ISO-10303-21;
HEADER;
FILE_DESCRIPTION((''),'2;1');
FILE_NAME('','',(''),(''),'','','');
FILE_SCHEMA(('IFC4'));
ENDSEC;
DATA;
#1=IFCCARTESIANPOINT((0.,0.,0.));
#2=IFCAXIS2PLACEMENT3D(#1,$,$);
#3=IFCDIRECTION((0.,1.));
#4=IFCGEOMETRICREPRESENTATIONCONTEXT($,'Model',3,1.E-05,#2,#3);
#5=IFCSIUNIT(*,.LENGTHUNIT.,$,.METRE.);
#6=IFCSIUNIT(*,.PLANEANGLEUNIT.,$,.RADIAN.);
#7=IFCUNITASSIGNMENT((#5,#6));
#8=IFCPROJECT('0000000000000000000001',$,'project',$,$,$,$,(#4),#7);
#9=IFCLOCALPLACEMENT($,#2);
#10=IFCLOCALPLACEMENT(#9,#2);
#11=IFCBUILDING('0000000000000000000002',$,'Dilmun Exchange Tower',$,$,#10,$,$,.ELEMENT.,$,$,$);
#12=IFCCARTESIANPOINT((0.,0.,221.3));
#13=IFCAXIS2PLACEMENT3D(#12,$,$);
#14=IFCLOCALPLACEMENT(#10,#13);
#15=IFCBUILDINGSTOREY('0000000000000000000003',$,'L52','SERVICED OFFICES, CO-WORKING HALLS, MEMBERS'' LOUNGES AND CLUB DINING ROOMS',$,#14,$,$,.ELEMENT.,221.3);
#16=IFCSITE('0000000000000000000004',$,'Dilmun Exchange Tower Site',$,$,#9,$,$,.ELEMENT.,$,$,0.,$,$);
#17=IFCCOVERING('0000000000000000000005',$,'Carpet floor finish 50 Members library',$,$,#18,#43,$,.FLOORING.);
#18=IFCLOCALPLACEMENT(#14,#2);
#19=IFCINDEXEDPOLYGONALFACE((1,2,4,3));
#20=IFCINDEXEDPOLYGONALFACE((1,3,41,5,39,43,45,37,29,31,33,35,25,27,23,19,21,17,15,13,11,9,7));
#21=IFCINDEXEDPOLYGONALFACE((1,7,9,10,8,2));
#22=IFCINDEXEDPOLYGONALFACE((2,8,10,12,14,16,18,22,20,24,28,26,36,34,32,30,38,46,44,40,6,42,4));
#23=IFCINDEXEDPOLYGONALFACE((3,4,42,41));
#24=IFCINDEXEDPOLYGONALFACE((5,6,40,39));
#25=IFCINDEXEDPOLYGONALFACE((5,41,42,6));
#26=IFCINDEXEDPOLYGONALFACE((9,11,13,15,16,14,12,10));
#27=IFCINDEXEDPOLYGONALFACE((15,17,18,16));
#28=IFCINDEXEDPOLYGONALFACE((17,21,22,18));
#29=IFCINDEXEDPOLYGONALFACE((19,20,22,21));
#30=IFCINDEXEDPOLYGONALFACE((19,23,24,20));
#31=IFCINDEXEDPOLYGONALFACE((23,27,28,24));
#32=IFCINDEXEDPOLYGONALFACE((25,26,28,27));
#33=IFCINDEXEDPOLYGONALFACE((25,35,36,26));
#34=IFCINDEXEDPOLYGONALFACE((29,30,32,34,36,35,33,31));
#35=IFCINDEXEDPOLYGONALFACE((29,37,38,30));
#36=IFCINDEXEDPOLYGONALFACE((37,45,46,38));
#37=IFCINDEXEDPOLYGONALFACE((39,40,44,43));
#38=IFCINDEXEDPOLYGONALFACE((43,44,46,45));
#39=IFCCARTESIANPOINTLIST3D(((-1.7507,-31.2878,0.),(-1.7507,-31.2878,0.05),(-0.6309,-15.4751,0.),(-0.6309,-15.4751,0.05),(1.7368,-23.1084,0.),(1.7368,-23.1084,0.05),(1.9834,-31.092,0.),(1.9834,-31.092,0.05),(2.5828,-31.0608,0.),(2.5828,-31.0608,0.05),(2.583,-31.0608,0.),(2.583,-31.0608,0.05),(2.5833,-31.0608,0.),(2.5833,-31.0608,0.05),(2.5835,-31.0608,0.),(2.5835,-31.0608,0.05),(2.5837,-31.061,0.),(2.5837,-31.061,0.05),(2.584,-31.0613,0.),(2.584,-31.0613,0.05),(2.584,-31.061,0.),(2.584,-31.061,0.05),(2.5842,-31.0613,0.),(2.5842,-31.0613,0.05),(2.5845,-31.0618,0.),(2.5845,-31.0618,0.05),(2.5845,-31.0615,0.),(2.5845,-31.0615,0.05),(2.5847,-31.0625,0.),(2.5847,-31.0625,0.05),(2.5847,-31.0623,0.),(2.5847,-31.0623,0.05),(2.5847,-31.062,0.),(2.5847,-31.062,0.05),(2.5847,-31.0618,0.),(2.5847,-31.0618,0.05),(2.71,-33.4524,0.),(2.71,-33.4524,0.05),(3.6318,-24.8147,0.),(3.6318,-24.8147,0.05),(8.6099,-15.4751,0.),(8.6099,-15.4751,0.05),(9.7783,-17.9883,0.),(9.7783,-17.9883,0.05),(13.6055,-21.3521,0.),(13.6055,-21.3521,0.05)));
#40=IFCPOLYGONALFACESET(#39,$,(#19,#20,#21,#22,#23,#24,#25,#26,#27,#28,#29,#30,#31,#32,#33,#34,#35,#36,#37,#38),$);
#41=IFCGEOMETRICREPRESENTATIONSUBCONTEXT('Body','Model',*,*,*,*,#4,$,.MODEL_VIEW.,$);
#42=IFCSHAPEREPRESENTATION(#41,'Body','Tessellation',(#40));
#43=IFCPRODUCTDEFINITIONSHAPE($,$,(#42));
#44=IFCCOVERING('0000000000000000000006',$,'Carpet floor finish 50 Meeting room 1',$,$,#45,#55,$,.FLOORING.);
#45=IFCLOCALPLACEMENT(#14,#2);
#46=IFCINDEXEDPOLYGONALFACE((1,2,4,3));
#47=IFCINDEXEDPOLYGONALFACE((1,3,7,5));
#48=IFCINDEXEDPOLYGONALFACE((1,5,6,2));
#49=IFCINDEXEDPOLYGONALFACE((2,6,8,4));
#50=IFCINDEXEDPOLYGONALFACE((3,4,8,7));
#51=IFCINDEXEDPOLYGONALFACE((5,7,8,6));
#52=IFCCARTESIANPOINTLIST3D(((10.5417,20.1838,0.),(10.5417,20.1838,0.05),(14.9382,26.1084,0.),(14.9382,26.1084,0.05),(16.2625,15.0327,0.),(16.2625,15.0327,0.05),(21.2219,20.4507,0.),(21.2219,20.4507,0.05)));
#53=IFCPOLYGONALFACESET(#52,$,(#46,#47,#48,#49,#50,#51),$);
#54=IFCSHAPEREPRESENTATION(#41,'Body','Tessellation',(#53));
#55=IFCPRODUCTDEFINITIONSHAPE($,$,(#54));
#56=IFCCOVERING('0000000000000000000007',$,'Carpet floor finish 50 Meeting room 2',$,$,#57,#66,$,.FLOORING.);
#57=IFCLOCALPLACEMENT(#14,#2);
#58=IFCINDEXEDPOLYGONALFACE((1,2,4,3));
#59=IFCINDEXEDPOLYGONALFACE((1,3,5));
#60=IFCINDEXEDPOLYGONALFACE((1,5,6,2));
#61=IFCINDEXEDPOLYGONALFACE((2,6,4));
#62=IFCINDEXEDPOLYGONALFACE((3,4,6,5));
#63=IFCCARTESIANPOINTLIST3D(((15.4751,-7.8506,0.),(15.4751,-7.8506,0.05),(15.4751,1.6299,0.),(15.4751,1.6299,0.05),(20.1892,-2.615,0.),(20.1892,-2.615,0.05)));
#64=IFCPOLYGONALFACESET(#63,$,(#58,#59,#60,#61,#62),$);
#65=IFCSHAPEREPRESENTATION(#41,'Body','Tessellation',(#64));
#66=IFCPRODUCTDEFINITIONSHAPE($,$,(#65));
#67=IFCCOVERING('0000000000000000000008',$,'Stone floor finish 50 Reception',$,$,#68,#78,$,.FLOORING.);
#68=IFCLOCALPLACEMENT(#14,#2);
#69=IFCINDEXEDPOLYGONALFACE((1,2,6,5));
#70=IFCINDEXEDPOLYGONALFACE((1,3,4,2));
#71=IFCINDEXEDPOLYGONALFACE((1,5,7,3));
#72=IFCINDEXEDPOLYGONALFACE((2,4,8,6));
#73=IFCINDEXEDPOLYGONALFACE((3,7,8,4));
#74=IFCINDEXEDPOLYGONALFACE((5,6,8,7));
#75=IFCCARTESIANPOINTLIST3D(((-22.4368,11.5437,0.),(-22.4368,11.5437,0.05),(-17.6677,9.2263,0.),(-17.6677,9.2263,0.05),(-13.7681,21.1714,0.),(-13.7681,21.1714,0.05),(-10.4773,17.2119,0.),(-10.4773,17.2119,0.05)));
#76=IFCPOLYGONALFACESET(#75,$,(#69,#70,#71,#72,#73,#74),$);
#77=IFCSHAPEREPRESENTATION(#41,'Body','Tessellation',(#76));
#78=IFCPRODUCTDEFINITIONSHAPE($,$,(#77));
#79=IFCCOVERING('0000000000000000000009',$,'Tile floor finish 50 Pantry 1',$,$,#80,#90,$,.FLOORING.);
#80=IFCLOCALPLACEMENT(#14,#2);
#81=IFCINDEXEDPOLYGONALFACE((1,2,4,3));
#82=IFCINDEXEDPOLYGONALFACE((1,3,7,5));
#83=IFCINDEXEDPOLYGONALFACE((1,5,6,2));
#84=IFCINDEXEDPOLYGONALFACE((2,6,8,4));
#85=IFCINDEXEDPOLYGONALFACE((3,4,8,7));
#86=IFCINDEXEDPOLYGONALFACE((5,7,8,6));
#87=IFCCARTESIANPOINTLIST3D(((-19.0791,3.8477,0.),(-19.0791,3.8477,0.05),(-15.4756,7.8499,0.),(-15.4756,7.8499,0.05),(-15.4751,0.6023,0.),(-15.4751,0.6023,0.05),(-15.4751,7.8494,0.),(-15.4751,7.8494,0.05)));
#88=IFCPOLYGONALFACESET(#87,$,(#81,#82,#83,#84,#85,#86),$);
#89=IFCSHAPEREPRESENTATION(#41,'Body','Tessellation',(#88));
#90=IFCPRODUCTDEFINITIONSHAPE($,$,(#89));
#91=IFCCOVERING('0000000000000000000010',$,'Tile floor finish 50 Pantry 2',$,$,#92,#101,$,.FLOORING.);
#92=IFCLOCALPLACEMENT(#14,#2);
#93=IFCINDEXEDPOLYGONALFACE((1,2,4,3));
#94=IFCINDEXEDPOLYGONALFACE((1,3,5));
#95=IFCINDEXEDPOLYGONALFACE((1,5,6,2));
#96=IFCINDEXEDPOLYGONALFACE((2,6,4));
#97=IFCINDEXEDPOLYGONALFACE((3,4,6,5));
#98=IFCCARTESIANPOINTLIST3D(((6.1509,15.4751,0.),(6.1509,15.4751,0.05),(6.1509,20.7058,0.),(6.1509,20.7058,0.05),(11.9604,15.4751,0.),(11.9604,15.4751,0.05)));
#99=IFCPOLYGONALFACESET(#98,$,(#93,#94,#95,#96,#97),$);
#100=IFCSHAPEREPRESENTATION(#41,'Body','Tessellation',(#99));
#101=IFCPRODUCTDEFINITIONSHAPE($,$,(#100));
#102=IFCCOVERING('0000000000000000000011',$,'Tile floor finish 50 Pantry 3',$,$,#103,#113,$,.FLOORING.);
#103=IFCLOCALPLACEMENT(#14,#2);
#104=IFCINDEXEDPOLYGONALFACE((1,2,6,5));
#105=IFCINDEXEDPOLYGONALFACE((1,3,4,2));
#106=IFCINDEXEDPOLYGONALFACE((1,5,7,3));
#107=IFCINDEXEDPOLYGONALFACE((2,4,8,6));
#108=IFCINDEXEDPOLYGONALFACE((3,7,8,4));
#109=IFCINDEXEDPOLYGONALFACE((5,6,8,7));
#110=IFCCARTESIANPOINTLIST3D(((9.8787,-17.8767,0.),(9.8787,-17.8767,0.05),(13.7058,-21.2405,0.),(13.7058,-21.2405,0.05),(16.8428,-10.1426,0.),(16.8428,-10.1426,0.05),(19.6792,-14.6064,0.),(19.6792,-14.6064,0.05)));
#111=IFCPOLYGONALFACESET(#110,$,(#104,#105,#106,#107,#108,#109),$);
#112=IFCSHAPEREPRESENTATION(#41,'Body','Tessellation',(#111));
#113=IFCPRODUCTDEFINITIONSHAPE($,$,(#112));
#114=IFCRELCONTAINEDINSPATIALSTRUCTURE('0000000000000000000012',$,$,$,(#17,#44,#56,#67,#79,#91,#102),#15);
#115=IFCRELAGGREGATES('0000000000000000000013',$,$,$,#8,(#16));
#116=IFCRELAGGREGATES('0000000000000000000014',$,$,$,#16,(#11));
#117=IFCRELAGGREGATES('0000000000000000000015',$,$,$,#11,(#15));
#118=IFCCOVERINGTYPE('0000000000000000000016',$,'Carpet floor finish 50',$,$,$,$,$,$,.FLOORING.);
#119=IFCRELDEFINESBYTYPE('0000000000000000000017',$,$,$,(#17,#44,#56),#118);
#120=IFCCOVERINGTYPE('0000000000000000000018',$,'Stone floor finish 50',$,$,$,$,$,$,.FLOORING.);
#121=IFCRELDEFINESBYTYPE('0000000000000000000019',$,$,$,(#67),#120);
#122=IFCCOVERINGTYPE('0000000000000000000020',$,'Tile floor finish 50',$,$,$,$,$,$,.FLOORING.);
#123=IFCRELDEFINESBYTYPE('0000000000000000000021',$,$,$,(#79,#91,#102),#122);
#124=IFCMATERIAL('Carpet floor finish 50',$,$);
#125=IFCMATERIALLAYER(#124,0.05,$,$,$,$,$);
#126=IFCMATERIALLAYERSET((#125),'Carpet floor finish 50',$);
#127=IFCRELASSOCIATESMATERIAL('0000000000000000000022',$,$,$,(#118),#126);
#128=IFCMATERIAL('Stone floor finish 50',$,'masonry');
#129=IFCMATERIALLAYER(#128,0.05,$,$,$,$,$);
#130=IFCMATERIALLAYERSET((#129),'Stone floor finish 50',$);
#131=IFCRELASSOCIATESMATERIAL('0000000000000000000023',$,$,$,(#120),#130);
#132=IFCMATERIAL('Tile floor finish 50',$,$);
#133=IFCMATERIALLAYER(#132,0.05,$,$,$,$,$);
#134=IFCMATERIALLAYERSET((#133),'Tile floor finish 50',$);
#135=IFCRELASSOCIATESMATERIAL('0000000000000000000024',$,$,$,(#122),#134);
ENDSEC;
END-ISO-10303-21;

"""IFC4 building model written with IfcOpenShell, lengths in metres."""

from ifc_helpers import new_model, si_unit, direction, frame, origin, place, context, subcontext, project, spatial, polyline, outline, extrude, material, layer, layer_set, type_object, element, save


model = new_model("IFC4")

# Units and contexts
model_context = context("Model", 3, precision=1e-05, world=origin(), true_north=direction((0.0, 1.0)))
body_context = subcontext(model_context, "Body", "Model", "MODEL_VIEW")
ifc_project = project(units=[si_unit("LENGTHUNIT", "METRE"), si_unit("PLANEANGLEUNIT", "RADIAN")], contexts=[model_context])

# Site, building, storey
site_placement = place(None, origin())
site = spatial("IfcSite", under=ifc_project, at=site_placement, Name="Dilmun Exchange Tower Site", CompositionType="ELEMENT", RefElevation=0.0)
building_placement = place(site_placement, origin())
building = spatial("IfcBuilding", under=site, at=building_placement, Name="Dilmun Exchange Tower", CompositionType="ELEMENT")
storey_placement = place(building_placement, frame((0.0, 0.0, 221.3)))
storey = spatial("IfcBuildingStorey", under=building, at=storey_placement, Name="L52", Description="SERVICED OFFICES, CO-WORKING HALLS, MEMBERS' LOUNGES AND CLUB DINING ROOMS", CompositionType="ELEMENT", Elevation=221.3)

# Coverings
ifc_material_1 = material(Name="Carpet floor finish 50")
ifc_layer_1 = layer(ifc_material_1, 0.05)
ifc_layer_set_1 = layer_set([ifc_layer_1], Name="Carpet floor finish 50")
covering_type_1 = type_object("IfcCoveringType", Name="Carpet floor finish 50", PredefinedType="FLOORING", material=ifc_layer_set_1)
covering_1_placement = place(storey_placement, origin())
element("IfcCovering", 1, at=covering_1_placement, inside=storey, type_object=covering_type_1, Name="Carpet floor finish 50 Members library", PredefinedType="FLOORING", context=body_context, shape_type="SweptSolid", body=[
    extrude(outline(polyline([(-0.6309, -15.4751), (8.6099, -15.4751), (1.7368, -23.1084), (3.6318, -24.8147), (9.7783, -17.9883), (13.6055, -21.3521), (2.71, -33.4524), (2.5847, -31.0625), (2.5847, -31.0625), (2.5847, -31.0623), (2.5847, -31.062), (2.5847, -31.0618), (2.5845, -31.0618), (2.5845, -31.0615), (2.5842, -31.0613), (2.584, -31.0613), (2.584, -31.061), (2.5837, -31.061), (2.5835, -31.0608), (2.5835, -31.0608), (2.5833, -31.0608), (2.583, -31.0608), (2.583, -31.0608), (2.5828, -31.0608), (1.9834, -31.092), (1.9834, -31.092), (1.9834, -31.092), (-1.7507, -31.2878), (-0.6309, -15.4751)])), origin(), (0.0, 0.0, 1.0), 0.05),
])
covering_2_placement = place(storey_placement, origin())
element("IfcCovering", 2, at=covering_2_placement, inside=storey, type_object=covering_type_1, Name="Carpet floor finish 50 Meeting room 1", PredefinedType="FLOORING", context=body_context, shape_type="SweptSolid", body=[
    extrude(outline(polyline([(16.2625, 15.0327), (10.5417, 20.1838), (14.9382, 26.1084), (21.2219, 20.4507), (16.2625, 15.0327)])), origin(), (0.0, 0.0, 1.0), 0.05),
])
covering_3_placement = place(storey_placement, origin())
element("IfcCovering", 3, at=covering_3_placement, inside=storey, type_object=covering_type_1, Name="Carpet floor finish 50 Meeting room 2", PredefinedType="FLOORING", context=body_context, shape_type="SweptSolid", body=[
    extrude(outline(polyline([(15.4751, 1.6299), (20.1892, -2.615), (15.4751, -7.8506), (15.4751, 1.6299)])), origin(), (0.0, 0.0, 1.0), 0.05),
])
ifc_material_2 = material(Name="Stone floor finish 50", Category="masonry")
ifc_layer_2 = layer(ifc_material_2, 0.05)
ifc_layer_set_2 = layer_set([ifc_layer_2], Name="Stone floor finish 50")
covering_type_2 = type_object("IfcCoveringType", Name="Stone floor finish 50", PredefinedType="FLOORING", material=ifc_layer_set_2)
covering_4_placement = place(storey_placement, origin())
element("IfcCovering", 4, at=covering_4_placement, inside=storey, type_object=covering_type_2, Name="Stone floor finish 50 Reception", PredefinedType="FLOORING", context=body_context, shape_type="SweptSolid", body=[
    extrude(outline(polyline([(-10.4773, 17.2119), (-17.6677, 9.2263), (-22.4368, 11.5437), (-13.7681, 21.1714), (-10.4773, 17.2119)])), origin(), (0.0, 0.0, 1.0), 0.05),
])
ifc_material_3 = material(Name="Tile floor finish 50")
ifc_layer_3 = layer(ifc_material_3, 0.05)
ifc_layer_set_3 = layer_set([ifc_layer_3], Name="Tile floor finish 50")
covering_type_3 = type_object("IfcCoveringType", Name="Tile floor finish 50", PredefinedType="FLOORING", material=ifc_layer_set_3)
covering_5_placement = place(storey_placement, origin())
element("IfcCovering", 5, at=covering_5_placement, inside=storey, type_object=covering_type_3, Name="Tile floor finish 50 Pantry 1", PredefinedType="FLOORING", context=body_context, shape_type="SweptSolid", body=[
    extrude(outline(polyline([(-15.4751, 7.8494), (-15.4751, 0.6023), (-19.0791, 3.8477), (-15.4756, 7.8499), (-15.4751, 7.8494)])), origin(), (0.0, 0.0, 1.0), 0.05),
])
covering_6_placement = place(storey_placement, origin())
element("IfcCovering", 6, at=covering_6_placement, inside=storey, type_object=covering_type_3, Name="Tile floor finish 50 Pantry 2", PredefinedType="FLOORING", context=body_context, shape_type="SweptSolid", body=[
    extrude(outline(polyline([(6.1509, 15.4751), (6.1509, 20.7058), (11.9604, 15.4751), (6.1509, 15.4751)])), origin(), (0.0, 0.0, 1.0), 0.05),
])
covering_7_placement = place(storey_placement, origin())
element("IfcCovering", 7, at=covering_7_placement, inside=storey, type_object=covering_type_3, Name="Tile floor finish 50 Pantry 3", PredefinedType="FLOORING", context=body_context, shape_type="SweptSolid", body=[
    extrude(outline(polyline([(9.8787, -17.8767), (16.8428, -10.1426), (19.6792, -14.6064), (13.7058, -21.2405), (9.8787, -17.8767)])), origin(), (0.0, 0.0, 1.0), 0.05),
])

save(model, "model.ifc")
